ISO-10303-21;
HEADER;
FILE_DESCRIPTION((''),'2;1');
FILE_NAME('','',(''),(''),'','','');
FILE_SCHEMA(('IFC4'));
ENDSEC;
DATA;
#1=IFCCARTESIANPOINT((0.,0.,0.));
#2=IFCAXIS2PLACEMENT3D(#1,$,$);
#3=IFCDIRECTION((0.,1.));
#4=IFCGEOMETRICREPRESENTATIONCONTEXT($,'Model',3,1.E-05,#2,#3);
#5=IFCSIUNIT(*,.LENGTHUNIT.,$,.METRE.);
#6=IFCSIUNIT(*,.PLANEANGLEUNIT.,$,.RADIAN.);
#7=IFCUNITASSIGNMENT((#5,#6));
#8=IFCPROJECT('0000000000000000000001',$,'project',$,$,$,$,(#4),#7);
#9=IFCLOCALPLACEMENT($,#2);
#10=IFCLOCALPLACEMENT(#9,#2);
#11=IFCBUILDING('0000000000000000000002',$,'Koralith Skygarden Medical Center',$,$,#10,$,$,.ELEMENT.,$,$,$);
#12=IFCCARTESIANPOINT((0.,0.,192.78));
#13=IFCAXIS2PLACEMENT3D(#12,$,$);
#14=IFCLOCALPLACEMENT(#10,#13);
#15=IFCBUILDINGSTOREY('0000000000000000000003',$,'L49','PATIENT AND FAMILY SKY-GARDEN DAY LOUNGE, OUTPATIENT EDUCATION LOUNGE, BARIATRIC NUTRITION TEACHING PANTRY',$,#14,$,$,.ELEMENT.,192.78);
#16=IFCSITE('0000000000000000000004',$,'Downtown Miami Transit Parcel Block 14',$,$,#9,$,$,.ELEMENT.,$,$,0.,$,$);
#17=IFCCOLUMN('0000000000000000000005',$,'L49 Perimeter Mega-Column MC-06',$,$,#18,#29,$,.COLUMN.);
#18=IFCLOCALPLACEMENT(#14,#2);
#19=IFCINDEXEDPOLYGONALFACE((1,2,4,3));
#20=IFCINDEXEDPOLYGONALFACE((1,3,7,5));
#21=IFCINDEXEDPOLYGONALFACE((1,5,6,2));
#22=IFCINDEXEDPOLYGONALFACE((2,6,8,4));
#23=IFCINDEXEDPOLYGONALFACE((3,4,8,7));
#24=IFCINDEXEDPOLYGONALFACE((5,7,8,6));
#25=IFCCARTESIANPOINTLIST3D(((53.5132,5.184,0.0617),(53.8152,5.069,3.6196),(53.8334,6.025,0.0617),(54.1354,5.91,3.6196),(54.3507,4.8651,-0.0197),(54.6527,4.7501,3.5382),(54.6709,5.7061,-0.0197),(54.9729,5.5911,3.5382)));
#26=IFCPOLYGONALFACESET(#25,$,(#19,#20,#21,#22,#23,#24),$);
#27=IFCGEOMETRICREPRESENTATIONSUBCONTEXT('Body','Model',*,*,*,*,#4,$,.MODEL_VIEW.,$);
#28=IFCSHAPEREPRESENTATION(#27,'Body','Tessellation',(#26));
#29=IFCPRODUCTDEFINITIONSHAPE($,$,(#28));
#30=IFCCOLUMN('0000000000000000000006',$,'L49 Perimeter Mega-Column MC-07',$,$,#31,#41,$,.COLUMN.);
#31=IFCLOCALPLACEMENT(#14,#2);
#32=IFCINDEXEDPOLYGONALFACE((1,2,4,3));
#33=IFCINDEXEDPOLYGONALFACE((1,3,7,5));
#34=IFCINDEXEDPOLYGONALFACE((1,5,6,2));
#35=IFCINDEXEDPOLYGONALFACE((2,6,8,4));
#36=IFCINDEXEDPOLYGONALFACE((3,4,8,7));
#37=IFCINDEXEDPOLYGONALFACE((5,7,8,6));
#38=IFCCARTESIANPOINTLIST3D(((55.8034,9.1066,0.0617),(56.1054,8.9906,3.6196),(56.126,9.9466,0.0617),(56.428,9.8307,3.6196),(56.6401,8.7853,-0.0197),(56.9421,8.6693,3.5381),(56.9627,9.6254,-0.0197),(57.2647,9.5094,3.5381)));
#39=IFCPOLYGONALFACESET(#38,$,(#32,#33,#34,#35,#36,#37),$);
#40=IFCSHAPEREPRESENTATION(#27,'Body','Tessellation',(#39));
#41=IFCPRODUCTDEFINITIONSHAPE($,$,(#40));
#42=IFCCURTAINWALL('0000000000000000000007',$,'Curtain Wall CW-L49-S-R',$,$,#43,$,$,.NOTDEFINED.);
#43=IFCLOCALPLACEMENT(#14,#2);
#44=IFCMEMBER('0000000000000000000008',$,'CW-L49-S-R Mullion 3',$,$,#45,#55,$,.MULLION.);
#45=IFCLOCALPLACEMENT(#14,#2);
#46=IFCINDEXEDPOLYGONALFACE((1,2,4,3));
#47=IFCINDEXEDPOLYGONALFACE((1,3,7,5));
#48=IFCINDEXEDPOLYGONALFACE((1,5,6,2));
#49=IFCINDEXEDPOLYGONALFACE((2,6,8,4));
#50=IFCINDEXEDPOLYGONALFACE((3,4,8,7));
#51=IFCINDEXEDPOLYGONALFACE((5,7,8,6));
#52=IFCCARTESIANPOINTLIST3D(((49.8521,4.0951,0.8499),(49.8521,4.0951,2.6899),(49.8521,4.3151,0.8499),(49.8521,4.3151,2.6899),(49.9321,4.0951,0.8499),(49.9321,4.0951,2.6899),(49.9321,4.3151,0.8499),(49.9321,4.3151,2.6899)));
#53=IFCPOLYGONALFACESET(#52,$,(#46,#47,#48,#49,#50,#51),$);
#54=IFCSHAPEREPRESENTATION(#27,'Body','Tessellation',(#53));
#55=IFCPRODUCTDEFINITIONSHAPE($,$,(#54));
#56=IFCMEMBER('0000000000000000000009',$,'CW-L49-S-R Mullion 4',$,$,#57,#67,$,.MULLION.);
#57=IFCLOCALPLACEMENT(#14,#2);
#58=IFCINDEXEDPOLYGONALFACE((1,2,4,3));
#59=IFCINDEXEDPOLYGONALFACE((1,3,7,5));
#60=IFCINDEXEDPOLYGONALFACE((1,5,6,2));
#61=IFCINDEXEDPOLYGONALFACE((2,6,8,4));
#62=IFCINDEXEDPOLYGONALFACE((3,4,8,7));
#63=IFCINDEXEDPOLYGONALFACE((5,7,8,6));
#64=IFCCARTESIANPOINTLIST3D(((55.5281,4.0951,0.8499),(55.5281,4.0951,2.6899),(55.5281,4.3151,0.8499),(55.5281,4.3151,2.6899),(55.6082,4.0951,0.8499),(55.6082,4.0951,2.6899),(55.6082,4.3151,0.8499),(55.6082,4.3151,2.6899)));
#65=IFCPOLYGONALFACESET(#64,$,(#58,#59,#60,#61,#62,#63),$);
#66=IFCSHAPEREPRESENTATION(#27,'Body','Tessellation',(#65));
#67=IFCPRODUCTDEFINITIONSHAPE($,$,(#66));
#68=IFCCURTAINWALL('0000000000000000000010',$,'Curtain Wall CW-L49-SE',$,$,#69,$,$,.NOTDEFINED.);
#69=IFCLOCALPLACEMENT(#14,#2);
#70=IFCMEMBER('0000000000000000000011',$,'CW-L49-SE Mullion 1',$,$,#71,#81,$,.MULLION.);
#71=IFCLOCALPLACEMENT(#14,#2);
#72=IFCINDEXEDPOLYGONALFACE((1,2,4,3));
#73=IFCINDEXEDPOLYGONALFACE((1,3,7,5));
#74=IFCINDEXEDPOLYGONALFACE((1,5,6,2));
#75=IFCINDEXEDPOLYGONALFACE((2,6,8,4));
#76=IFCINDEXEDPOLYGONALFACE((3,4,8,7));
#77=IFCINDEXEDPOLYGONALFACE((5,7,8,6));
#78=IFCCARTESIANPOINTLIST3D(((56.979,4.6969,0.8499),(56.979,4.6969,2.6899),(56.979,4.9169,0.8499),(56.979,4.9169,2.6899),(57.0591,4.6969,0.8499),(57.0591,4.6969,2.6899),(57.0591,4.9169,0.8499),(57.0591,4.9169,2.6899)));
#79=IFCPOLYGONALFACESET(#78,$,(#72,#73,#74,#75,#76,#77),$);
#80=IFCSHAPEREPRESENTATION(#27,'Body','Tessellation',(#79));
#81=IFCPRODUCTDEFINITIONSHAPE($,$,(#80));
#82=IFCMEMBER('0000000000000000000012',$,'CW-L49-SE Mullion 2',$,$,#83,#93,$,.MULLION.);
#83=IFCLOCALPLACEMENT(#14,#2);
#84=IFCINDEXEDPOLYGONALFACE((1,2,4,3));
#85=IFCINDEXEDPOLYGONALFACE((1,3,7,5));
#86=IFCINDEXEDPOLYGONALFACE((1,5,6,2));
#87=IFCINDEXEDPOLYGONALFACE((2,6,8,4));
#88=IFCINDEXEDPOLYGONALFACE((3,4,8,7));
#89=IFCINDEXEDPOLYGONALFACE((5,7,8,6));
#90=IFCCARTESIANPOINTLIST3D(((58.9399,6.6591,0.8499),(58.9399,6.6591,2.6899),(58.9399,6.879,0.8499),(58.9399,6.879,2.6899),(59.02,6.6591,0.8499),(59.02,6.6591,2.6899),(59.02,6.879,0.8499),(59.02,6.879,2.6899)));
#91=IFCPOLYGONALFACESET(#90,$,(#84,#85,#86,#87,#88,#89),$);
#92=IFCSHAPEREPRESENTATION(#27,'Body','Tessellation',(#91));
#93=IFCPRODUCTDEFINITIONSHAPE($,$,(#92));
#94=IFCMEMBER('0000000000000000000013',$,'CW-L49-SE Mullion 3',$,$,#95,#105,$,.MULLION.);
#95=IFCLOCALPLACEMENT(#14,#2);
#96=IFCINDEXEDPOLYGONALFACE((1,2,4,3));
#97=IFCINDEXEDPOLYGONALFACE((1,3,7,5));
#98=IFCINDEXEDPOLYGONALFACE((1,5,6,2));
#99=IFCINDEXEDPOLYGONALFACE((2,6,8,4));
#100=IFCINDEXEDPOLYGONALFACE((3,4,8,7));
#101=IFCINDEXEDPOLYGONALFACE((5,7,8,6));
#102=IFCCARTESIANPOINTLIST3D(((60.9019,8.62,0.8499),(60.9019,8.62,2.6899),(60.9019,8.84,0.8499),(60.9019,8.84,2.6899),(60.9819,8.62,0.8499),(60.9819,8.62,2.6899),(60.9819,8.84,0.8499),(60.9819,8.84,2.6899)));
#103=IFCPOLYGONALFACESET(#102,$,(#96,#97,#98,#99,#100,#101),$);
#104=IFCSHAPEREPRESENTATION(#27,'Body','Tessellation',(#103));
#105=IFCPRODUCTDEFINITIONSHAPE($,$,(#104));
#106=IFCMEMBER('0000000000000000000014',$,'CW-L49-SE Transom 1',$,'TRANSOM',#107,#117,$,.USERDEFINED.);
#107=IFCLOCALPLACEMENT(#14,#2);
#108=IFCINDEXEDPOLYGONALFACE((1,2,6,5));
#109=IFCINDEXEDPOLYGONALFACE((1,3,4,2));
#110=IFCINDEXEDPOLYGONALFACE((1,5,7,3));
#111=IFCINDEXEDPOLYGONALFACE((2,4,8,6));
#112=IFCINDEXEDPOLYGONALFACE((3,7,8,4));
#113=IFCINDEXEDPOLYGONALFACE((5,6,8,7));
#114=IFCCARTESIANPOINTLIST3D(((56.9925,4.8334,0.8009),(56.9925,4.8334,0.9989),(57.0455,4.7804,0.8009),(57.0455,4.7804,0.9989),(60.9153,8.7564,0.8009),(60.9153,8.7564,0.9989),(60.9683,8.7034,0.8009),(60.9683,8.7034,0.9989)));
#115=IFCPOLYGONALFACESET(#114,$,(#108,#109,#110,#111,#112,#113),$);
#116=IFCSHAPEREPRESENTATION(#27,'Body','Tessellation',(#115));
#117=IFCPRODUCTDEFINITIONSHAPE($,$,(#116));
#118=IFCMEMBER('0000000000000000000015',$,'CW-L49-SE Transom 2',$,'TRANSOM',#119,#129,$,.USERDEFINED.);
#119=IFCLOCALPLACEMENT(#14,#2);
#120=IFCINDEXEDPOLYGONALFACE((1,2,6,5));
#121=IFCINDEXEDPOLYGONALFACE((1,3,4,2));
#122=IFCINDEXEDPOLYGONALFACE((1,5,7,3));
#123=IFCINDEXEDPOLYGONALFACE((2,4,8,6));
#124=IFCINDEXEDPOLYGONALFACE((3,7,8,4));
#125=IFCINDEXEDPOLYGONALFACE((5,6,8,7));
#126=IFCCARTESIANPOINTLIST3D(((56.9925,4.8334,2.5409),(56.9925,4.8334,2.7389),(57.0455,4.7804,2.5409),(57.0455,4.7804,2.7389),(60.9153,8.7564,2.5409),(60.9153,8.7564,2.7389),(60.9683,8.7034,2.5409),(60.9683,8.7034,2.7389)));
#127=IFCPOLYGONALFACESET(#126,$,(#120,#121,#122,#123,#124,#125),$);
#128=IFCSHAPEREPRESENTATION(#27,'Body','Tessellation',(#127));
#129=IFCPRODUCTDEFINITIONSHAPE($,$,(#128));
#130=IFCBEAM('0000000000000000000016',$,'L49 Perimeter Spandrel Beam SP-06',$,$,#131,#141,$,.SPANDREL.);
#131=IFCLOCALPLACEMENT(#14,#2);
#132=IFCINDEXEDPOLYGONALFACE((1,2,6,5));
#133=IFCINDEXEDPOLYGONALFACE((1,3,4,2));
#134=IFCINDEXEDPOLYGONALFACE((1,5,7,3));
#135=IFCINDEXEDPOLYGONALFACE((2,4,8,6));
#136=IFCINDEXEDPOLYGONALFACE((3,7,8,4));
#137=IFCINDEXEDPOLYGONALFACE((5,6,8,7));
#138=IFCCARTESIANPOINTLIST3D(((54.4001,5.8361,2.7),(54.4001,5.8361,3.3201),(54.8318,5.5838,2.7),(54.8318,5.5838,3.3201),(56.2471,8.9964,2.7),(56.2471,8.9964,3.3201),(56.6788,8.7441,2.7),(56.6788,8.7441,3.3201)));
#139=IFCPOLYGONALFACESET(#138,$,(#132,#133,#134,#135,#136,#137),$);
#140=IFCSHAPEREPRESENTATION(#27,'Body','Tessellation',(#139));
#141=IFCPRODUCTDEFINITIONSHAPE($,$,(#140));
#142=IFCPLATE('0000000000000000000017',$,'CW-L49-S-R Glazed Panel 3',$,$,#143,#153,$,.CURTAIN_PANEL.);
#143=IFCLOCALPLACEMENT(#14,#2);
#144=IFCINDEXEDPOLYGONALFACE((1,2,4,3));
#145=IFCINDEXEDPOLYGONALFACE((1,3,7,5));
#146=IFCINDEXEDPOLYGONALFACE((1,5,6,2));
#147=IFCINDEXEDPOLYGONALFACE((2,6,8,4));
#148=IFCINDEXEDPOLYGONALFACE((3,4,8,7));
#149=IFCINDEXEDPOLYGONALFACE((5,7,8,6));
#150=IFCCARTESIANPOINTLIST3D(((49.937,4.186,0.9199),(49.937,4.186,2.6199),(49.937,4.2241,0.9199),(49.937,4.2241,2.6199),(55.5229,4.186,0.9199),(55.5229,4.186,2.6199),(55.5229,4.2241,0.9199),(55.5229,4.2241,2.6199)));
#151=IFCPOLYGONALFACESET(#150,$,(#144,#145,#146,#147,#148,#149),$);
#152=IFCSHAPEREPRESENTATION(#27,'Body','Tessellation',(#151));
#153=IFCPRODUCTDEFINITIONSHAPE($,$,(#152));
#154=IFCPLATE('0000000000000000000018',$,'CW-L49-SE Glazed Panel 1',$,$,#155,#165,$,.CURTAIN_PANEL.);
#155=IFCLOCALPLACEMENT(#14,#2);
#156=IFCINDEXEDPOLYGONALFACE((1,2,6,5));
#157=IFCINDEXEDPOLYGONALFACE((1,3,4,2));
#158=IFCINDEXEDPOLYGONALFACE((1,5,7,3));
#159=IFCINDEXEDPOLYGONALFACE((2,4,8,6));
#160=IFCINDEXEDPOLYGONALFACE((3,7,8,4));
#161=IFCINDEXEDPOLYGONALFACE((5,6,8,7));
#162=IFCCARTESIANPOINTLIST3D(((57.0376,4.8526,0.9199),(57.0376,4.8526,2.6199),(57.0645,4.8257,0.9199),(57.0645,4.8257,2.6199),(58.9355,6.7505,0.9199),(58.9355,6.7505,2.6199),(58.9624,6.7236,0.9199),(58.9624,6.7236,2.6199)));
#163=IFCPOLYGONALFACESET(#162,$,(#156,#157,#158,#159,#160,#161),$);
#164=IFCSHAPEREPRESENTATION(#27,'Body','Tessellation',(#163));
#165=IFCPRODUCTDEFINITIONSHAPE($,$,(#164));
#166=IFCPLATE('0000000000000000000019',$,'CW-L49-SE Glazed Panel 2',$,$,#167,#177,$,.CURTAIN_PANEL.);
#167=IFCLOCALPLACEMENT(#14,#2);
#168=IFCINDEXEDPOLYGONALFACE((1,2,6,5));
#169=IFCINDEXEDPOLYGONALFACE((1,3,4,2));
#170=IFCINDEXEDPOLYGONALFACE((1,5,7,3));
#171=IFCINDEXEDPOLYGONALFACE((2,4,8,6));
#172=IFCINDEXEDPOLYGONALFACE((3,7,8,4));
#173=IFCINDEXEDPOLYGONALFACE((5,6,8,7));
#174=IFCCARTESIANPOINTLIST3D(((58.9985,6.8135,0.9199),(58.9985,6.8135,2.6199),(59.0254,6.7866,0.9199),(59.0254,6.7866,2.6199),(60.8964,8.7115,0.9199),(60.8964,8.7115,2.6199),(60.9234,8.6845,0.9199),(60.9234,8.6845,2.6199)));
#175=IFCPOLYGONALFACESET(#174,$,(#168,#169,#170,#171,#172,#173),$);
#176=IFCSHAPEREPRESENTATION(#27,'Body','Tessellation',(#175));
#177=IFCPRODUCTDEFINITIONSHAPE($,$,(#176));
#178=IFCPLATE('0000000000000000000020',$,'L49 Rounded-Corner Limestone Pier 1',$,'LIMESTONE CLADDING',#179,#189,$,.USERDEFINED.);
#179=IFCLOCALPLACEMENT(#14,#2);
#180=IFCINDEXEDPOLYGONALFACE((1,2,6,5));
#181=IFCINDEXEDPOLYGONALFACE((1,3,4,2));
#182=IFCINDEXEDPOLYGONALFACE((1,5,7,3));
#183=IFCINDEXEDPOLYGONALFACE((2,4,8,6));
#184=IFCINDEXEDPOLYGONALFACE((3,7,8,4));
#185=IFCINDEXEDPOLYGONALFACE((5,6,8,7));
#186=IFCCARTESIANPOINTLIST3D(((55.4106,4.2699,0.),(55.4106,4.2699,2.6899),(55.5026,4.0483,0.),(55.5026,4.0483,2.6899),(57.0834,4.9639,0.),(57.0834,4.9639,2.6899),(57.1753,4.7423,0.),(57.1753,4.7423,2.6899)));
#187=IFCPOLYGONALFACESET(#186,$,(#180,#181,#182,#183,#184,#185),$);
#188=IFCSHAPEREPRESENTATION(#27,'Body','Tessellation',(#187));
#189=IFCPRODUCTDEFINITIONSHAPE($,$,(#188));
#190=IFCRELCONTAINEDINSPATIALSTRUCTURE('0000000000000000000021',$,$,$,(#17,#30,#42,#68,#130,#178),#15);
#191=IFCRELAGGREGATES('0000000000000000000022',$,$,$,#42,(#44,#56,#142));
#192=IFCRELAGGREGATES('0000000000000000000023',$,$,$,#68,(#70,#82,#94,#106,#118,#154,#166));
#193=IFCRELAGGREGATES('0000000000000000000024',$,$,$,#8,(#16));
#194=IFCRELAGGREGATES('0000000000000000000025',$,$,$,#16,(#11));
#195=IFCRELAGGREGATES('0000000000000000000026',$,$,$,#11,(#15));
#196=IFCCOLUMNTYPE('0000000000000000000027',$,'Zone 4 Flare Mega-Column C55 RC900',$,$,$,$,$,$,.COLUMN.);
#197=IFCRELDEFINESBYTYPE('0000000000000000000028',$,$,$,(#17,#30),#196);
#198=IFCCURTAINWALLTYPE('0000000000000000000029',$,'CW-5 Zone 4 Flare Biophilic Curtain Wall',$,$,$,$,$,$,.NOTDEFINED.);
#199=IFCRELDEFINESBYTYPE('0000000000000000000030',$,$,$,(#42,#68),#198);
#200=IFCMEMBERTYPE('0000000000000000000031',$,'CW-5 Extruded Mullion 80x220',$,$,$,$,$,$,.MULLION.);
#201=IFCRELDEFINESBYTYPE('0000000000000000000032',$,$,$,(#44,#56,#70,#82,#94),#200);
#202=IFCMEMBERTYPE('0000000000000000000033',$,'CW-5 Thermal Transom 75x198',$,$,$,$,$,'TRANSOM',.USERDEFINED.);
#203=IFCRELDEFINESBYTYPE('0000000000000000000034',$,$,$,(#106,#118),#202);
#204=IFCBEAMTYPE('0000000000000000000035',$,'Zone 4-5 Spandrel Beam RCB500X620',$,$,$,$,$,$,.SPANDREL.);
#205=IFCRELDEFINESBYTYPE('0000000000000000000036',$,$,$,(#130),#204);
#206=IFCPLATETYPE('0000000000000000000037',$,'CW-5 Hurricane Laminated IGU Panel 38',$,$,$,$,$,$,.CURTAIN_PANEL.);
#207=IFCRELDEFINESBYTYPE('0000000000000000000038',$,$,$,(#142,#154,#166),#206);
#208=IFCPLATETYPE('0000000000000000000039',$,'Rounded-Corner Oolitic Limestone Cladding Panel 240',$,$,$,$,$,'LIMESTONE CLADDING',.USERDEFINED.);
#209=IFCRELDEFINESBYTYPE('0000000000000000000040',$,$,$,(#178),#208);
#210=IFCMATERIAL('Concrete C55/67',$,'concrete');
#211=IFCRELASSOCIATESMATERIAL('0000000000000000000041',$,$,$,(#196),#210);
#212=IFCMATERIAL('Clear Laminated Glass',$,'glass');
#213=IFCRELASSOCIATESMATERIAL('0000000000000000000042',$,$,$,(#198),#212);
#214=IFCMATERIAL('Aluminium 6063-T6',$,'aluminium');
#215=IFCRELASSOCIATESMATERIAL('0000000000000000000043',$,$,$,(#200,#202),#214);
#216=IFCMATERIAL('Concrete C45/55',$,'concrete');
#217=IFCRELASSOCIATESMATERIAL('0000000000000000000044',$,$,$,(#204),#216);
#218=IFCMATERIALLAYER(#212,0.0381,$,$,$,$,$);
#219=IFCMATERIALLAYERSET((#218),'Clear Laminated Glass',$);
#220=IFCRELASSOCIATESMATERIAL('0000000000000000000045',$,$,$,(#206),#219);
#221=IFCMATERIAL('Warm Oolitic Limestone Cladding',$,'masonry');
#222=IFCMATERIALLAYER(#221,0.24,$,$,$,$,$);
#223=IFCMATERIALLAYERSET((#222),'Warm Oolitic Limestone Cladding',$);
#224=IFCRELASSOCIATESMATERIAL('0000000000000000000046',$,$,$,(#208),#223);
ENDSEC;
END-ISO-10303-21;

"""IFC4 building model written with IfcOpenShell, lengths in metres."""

from ifc_helpers import new_model, si_unit, direction, frame, origin, origin_2d, place, context, subcontext, project, spatial, rectangle, extrude, material, layer, layer_set, material_profile, profile_set, type_object, element, aggregate, save


model = new_model("IFC4")

# Units and contexts
model_context = context("Model", 3, precision=1e-05, world=origin(), true_north=direction((0.0, 1.0)))
body_context = subcontext(model_context, "Body", "Model", "MODEL_VIEW")
ifc_project = project(units=[si_unit("LENGTHUNIT", "METRE"), si_unit("PLANEANGLEUNIT", "RADIAN")], contexts=[model_context])

# Site, building, storey
site_placement = place(None, origin())
site = spatial("IfcSite", under=ifc_project, at=site_placement, Name="Downtown Miami Transit Parcel Block 14", CompositionType="ELEMENT", RefElevation=0.0)
building_placement = place(site_placement, origin())
building = spatial("IfcBuilding", under=site, at=building_placement, Name="Koralith Skygarden Medical Center", CompositionType="ELEMENT")
storey_placement = place(building_placement, frame((0.0, 0.0, 192.78)))
storey = spatial("IfcBuildingStorey", under=building, at=storey_placement, Name="L49", Description="PATIENT AND FAMILY SKY-GARDEN DAY LOUNGE, OUTPATIENT EDUCATION LOUNGE, BARIATRIC NUTRITION TEACHING PANTRY", CompositionType="ELEMENT", Elevation=192.78)

# Columns
ifc_material_1 = material(Name="Concrete C55/67", Category="concrete")
ifc_material_profile_1 = material_profile(ifc_material_1, rectangle(XDim=0.8999, YDim=0.8999, at=origin_2d()), Name="RC900X900")
ifc_profile_set_1 = profile_set([ifc_material_profile_1], Name="Concrete C55/67")
column_type = type_object("IfcColumnType", Name="Zone 4 Flare Mega-Column C55 RC900", PredefinedType="COLUMN", material=ifc_profile_set_1)
for number, where, z_axis, x_axis, name in (
    (1, (54.092, 5.4451, 0.021), (0.084535, -0.032188, 0.9959), (0.355838, 0.934548, 0.0), "L49 Perimeter Mega-Column MC-06"),
    (2, (56.3831, 9.366, 0.021), (0.084534, -0.032461, 0.995892), (0.358473, 0.93354, 0.0), "L49 Perimeter Mega-Column MC-07"),
):
    element("IfcColumn", number, at=place(storey_placement, frame(where, z_axis=z_axis, x_axis=x_axis)), inside=storey, type_object=column_type, Name=name, PredefinedType="COLUMN", context=body_context, shape_type="SweptSolid", body=[
        extrude(rectangle(XDim=0.8999, YDim=0.8999, at=origin_2d()), origin(), (0.0, 0.0, 1.0), 3.5725),
    ])

# Curtain walls, members
ifc_material_2 = material(Name="Clear Laminated Glass", Category="glass")
curtain_wall_type = type_object("IfcCurtainWallType", Name="CW-5 Zone 4 Flare Biophilic Curtain Wall", PredefinedType="NOTDEFINED", material=ifc_material_2)
curtain_wall_1_placement = place(storey_placement, origin())
curtain_wall_1 = element("IfcCurtainWall", 3, at=curtain_wall_1_placement, inside=storey, type_object=curtain_wall_type, Name="Curtain Wall CW-L49-S-R", PredefinedType="NOTDEFINED")
ifc_material_3 = material(Name="Aluminium 6063-T6", Category="aluminium")
ifc_material_profile_2 = material_profile(ifc_material_3, rectangle(XDim=0.0801, YDim=0.22, at=origin_2d()), Name="MUL80X220")
ifc_profile_set_2 = profile_set([ifc_material_profile_2], Name="Aluminium 6063-T6")
member_type_1 = type_object("IfcMemberType", Name="CW-5 Extruded Mullion 80x220", PredefinedType="MULLION", material=ifc_profile_set_2)
member_1_placement = place(storey_placement, frame((49.8921, 4.2051, 0.8499), z_axis=(0.0, 0.0, 1.0), x_axis=(1.0, 0.0, 0.0)))
member_1 = element("IfcMember", 4, at=member_1_placement, type_object=member_type_1, Name="CW-L49-S-R Mullion 3", PredefinedType="MULLION", context=body_context, shape_type="SweptSolid", body=[
    extrude(rectangle(XDim=0.0801, YDim=0.22, at=origin_2d()), origin(), (0.0, 0.0, 1.0), 1.8401),
])
member_2_placement = place(storey_placement, frame((55.5681, 4.2051, 0.8499), z_axis=(0.0, 0.0, 1.0), x_axis=(1.0, 0.0, 0.0)))
member_2 = element("IfcMember", 5, at=member_2_placement, type_object=member_type_1, Name="CW-L49-S-R Mullion 4", PredefinedType="MULLION", context=body_context, shape_type="SweptSolid", body=[
    extrude(rectangle(XDim=0.0801, YDim=0.22, at=origin_2d()), origin(), (0.0, 0.0, 1.0), 1.8401),
])
curtain_wall_2_placement = place(storey_placement, origin())
curtain_wall_2 = element("IfcCurtainWall", 6, at=curtain_wall_2_placement, inside=storey, type_object=curtain_wall_type, Name="Curtain Wall CW-L49-SE", PredefinedType="NOTDEFINED")
member_3_placement = place(storey_placement, frame((57.019, 4.8069, 0.8499), z_axis=(0.0, 0.0, 1.0), x_axis=(1.0, 0.0, 0.0)))
member_3 = element("IfcMember", 7, at=member_3_placement, type_object=member_type_1, Name="CW-L49-SE Mullion 1", PredefinedType="MULLION", context=body_context, shape_type="SweptSolid", body=[
    extrude(rectangle(XDim=0.0801, YDim=0.22, at=origin_2d()), origin(), (0.0, 0.0, 1.0), 1.8401),
])
member_4_placement = place(storey_placement, frame((58.98, 6.769, 0.8499), z_axis=(0.0, 0.0, 1.0), x_axis=(1.0, 0.0, 0.0)))
member_4 = element("IfcMember", 8, at=member_4_placement, type_object=member_type_1, Name="CW-L49-SE Mullion 2", PredefinedType="MULLION", context=body_context, shape_type="SweptSolid", body=[
    extrude(rectangle(XDim=0.0801, YDim=0.22, at=origin_2d()), origin(), (0.0, 0.0, 1.0), 1.8401),
])
member_5_placement = place(storey_placement, frame((60.9419, 8.73, 0.8499), z_axis=(0.0, 0.0, 1.0), x_axis=(1.0, 0.0, 0.0)))
member_5 = element("IfcMember", 9, at=member_5_placement, type_object=member_type_1, Name="CW-L49-SE Mullion 3", PredefinedType="MULLION", context=body_context, shape_type="SweptSolid", body=[
    extrude(rectangle(XDim=0.0801, YDim=0.22, at=origin_2d()), origin(), (0.0, 0.0, 1.0), 1.8401),
])
ifc_material_profile_3 = material_profile(ifc_material_3, rectangle(XDim=0.075, YDim=0.198, at=origin_2d()), Name="TRN75X198")
ifc_profile_set_3 = profile_set([ifc_material_profile_3], Name="Aluminium 6063-T6")
member_type_2 = type_object("IfcMemberType", Name="CW-5 Thermal Transom 75x198", ElementType="TRANSOM", PredefinedType="USERDEFINED", material=ifc_profile_set_3)
member_6_placement = place(storey_placement, frame((57.019, 4.8069, 0.8999), z_axis=(0.707085, 0.707129, 0.0), x_axis=(-0.707129, 0.707085, 0.0)))
member_6 = element("IfcMember", 10, at=member_6_placement, type_object=member_type_2, Name="CW-L49-SE Transom 1", ObjectType="TRANSOM", PredefinedType="USERDEFINED", context=body_context, shape_type="SweptSolid", body=[
    extrude(rectangle(XDim=0.075, YDim=0.198, at=origin_2d()), origin(), (0.0, 0.0, 1.0), 5.5479),
])
member_7_placement = place(storey_placement, frame((57.019, 4.8069, 2.6399), z_axis=(0.707085, 0.707129, 0.0), x_axis=(-0.707129, 0.707085, 0.0)))
member_7 = element("IfcMember", 11, at=member_7_placement, type_object=member_type_2, Name="CW-L49-SE Transom 2", ObjectType="TRANSOM", PredefinedType="USERDEFINED", context=body_context, shape_type="SweptSolid", body=[
    extrude(rectangle(XDim=0.075, YDim=0.198, at=origin_2d()), origin(), (0.0, 0.0, 1.0), 5.5479),
])

# Beam
ifc_material_4 = material(Name="Concrete C45/55", Category="concrete")
ifc_material_profile_4 = material_profile(ifc_material_4, rectangle(XDim=0.5, YDim=0.6201, at=origin_2d()), Name="RCB500X620")
ifc_profile_set_4 = profile_set([ifc_material_profile_4], Name="Concrete C45/55")
beam_type = type_object("IfcBeamType", Name="Zone 4-5 Spandrel Beam RCB500X620", PredefinedType="SPANDREL", material=ifc_profile_set_4)
beam_placement = place(storey_placement, frame((54.616, 5.71, 3.01), z_axis=(0.504584, 0.863363, 0.0), x_axis=(-0.863363, 0.504584, 0.0)))
element("IfcBeam", 12, at=beam_placement, inside=storey, type_object=beam_type, Name="L49 Perimeter Spandrel Beam SP-06", PredefinedType="SPANDREL", context=body_context, shape_type="SweptSolid", body=[
    extrude(rectangle(XDim=0.5, YDim=0.6201, at=origin_2d()), origin(), (0.0, 0.0, 1.0), 3.6604),
])

# Plates
ifc_layer_1 = layer(ifc_material_2, 0.0381)
ifc_layer_set_1 = layer_set([ifc_layer_1], Name="Clear Laminated Glass")
plate_type_1 = type_object("IfcPlateType", Name="CW-5 Hurricane Laminated IGU Panel 38", PredefinedType="CURTAIN_PANEL", material=ifc_layer_set_1)
plate_1_placement = place(storey_placement, frame((52.73, 4.2051, 0.9199), z_axis=(0.0, 0.0, 1.0), x_axis=(1.0, 0.0, 0.0)))
plate_1 = element("IfcPlate", 13, at=plate_1_placement, type_object=plate_type_1, Name="CW-L49-S-R Glazed Panel 3", PredefinedType="CURTAIN_PANEL", context=body_context, shape_type="SweptSolid", body=[
    extrude(rectangle(XDim=5.5859, YDim=0.0381, at=origin_2d()), origin(), (0.0, 0.0, 1.0), 1.7),
])
aggregate(curtain_wall_1, [member_1, member_2, plate_1])
plate_2_placement = place(storey_placement, frame((58.0, 5.7881, 0.9199), z_axis=(0.0, 0.0, 1.0), x_axis=(0.707107, 0.707107, 0.0)))
plate_2 = element("IfcPlate", 14, at=plate_2_placement, type_object=plate_type_1, Name="CW-L49-SE Glazed Panel 1", PredefinedType="CURTAIN_PANEL", context=body_context, shape_type="SweptSolid", body=[
    extrude(rectangle(XDim=2.6841, YDim=0.0381, at=origin_2d()), origin(), (0.0, 0.0, 1.0), 1.7),
])
plate_3_placement = place(storey_placement, frame((59.9609, 7.749, 0.9199), z_axis=(0.0, 0.0, 1.0), x_axis=(0.707107, 0.707107, 0.0)))
plate_3 = element("IfcPlate", 15, at=plate_3_placement, type_object=plate_type_1, Name="CW-L49-SE Glazed Panel 2", PredefinedType="CURTAIN_PANEL", context=body_context, shape_type="SweptSolid", body=[
    extrude(rectangle(XDim=2.6841, YDim=0.0381, at=origin_2d()), origin(), (0.0, 0.0, 1.0), 1.7),
])
aggregate(curtain_wall_2, [member_3, member_4, member_5, member_6, member_7, plate_2, plate_3])

# Plate
ifc_material_5 = material(Name="Warm Oolitic Limestone Cladding", Category="masonry")
ifc_layer_2 = layer(ifc_material_5, 0.24)
ifc_layer_set_2 = layer_set([ifc_layer_2], Name="Warm Oolitic Limestone Cladding")
plate_type_2 = type_object("IfcPlateType", Name="Rounded-Corner Oolitic Limestone Cladding Panel 240", ElementType="LIMESTONE CLADDING", PredefinedType="USERDEFINED", material=ifc_layer_set_2)
for number, where, z_axis, x_axis, name in (
    (16, (56.293, 4.5061, 0.0), (0.0, 0.0, 1.0), (0.92366, 0.383214, 0.0), "L49 Rounded-Corner Limestone Pier 1"),
):
    element("IfcPlate", number, at=place(storey_placement, frame(where, z_axis=z_axis, x_axis=x_axis)), inside=storey, type_object=plate_type_2, Name=name, ObjectType="LIMESTONE CLADDING", PredefinedType="USERDEFINED", context=body_context, shape_type="SweptSolid", body=[
        extrude(rectangle(XDim=1.811, YDim=0.24, at=origin_2d()), origin(), (0.0, 0.0, 1.0), 2.6899),
    ])

save(model, "model.ifc")
